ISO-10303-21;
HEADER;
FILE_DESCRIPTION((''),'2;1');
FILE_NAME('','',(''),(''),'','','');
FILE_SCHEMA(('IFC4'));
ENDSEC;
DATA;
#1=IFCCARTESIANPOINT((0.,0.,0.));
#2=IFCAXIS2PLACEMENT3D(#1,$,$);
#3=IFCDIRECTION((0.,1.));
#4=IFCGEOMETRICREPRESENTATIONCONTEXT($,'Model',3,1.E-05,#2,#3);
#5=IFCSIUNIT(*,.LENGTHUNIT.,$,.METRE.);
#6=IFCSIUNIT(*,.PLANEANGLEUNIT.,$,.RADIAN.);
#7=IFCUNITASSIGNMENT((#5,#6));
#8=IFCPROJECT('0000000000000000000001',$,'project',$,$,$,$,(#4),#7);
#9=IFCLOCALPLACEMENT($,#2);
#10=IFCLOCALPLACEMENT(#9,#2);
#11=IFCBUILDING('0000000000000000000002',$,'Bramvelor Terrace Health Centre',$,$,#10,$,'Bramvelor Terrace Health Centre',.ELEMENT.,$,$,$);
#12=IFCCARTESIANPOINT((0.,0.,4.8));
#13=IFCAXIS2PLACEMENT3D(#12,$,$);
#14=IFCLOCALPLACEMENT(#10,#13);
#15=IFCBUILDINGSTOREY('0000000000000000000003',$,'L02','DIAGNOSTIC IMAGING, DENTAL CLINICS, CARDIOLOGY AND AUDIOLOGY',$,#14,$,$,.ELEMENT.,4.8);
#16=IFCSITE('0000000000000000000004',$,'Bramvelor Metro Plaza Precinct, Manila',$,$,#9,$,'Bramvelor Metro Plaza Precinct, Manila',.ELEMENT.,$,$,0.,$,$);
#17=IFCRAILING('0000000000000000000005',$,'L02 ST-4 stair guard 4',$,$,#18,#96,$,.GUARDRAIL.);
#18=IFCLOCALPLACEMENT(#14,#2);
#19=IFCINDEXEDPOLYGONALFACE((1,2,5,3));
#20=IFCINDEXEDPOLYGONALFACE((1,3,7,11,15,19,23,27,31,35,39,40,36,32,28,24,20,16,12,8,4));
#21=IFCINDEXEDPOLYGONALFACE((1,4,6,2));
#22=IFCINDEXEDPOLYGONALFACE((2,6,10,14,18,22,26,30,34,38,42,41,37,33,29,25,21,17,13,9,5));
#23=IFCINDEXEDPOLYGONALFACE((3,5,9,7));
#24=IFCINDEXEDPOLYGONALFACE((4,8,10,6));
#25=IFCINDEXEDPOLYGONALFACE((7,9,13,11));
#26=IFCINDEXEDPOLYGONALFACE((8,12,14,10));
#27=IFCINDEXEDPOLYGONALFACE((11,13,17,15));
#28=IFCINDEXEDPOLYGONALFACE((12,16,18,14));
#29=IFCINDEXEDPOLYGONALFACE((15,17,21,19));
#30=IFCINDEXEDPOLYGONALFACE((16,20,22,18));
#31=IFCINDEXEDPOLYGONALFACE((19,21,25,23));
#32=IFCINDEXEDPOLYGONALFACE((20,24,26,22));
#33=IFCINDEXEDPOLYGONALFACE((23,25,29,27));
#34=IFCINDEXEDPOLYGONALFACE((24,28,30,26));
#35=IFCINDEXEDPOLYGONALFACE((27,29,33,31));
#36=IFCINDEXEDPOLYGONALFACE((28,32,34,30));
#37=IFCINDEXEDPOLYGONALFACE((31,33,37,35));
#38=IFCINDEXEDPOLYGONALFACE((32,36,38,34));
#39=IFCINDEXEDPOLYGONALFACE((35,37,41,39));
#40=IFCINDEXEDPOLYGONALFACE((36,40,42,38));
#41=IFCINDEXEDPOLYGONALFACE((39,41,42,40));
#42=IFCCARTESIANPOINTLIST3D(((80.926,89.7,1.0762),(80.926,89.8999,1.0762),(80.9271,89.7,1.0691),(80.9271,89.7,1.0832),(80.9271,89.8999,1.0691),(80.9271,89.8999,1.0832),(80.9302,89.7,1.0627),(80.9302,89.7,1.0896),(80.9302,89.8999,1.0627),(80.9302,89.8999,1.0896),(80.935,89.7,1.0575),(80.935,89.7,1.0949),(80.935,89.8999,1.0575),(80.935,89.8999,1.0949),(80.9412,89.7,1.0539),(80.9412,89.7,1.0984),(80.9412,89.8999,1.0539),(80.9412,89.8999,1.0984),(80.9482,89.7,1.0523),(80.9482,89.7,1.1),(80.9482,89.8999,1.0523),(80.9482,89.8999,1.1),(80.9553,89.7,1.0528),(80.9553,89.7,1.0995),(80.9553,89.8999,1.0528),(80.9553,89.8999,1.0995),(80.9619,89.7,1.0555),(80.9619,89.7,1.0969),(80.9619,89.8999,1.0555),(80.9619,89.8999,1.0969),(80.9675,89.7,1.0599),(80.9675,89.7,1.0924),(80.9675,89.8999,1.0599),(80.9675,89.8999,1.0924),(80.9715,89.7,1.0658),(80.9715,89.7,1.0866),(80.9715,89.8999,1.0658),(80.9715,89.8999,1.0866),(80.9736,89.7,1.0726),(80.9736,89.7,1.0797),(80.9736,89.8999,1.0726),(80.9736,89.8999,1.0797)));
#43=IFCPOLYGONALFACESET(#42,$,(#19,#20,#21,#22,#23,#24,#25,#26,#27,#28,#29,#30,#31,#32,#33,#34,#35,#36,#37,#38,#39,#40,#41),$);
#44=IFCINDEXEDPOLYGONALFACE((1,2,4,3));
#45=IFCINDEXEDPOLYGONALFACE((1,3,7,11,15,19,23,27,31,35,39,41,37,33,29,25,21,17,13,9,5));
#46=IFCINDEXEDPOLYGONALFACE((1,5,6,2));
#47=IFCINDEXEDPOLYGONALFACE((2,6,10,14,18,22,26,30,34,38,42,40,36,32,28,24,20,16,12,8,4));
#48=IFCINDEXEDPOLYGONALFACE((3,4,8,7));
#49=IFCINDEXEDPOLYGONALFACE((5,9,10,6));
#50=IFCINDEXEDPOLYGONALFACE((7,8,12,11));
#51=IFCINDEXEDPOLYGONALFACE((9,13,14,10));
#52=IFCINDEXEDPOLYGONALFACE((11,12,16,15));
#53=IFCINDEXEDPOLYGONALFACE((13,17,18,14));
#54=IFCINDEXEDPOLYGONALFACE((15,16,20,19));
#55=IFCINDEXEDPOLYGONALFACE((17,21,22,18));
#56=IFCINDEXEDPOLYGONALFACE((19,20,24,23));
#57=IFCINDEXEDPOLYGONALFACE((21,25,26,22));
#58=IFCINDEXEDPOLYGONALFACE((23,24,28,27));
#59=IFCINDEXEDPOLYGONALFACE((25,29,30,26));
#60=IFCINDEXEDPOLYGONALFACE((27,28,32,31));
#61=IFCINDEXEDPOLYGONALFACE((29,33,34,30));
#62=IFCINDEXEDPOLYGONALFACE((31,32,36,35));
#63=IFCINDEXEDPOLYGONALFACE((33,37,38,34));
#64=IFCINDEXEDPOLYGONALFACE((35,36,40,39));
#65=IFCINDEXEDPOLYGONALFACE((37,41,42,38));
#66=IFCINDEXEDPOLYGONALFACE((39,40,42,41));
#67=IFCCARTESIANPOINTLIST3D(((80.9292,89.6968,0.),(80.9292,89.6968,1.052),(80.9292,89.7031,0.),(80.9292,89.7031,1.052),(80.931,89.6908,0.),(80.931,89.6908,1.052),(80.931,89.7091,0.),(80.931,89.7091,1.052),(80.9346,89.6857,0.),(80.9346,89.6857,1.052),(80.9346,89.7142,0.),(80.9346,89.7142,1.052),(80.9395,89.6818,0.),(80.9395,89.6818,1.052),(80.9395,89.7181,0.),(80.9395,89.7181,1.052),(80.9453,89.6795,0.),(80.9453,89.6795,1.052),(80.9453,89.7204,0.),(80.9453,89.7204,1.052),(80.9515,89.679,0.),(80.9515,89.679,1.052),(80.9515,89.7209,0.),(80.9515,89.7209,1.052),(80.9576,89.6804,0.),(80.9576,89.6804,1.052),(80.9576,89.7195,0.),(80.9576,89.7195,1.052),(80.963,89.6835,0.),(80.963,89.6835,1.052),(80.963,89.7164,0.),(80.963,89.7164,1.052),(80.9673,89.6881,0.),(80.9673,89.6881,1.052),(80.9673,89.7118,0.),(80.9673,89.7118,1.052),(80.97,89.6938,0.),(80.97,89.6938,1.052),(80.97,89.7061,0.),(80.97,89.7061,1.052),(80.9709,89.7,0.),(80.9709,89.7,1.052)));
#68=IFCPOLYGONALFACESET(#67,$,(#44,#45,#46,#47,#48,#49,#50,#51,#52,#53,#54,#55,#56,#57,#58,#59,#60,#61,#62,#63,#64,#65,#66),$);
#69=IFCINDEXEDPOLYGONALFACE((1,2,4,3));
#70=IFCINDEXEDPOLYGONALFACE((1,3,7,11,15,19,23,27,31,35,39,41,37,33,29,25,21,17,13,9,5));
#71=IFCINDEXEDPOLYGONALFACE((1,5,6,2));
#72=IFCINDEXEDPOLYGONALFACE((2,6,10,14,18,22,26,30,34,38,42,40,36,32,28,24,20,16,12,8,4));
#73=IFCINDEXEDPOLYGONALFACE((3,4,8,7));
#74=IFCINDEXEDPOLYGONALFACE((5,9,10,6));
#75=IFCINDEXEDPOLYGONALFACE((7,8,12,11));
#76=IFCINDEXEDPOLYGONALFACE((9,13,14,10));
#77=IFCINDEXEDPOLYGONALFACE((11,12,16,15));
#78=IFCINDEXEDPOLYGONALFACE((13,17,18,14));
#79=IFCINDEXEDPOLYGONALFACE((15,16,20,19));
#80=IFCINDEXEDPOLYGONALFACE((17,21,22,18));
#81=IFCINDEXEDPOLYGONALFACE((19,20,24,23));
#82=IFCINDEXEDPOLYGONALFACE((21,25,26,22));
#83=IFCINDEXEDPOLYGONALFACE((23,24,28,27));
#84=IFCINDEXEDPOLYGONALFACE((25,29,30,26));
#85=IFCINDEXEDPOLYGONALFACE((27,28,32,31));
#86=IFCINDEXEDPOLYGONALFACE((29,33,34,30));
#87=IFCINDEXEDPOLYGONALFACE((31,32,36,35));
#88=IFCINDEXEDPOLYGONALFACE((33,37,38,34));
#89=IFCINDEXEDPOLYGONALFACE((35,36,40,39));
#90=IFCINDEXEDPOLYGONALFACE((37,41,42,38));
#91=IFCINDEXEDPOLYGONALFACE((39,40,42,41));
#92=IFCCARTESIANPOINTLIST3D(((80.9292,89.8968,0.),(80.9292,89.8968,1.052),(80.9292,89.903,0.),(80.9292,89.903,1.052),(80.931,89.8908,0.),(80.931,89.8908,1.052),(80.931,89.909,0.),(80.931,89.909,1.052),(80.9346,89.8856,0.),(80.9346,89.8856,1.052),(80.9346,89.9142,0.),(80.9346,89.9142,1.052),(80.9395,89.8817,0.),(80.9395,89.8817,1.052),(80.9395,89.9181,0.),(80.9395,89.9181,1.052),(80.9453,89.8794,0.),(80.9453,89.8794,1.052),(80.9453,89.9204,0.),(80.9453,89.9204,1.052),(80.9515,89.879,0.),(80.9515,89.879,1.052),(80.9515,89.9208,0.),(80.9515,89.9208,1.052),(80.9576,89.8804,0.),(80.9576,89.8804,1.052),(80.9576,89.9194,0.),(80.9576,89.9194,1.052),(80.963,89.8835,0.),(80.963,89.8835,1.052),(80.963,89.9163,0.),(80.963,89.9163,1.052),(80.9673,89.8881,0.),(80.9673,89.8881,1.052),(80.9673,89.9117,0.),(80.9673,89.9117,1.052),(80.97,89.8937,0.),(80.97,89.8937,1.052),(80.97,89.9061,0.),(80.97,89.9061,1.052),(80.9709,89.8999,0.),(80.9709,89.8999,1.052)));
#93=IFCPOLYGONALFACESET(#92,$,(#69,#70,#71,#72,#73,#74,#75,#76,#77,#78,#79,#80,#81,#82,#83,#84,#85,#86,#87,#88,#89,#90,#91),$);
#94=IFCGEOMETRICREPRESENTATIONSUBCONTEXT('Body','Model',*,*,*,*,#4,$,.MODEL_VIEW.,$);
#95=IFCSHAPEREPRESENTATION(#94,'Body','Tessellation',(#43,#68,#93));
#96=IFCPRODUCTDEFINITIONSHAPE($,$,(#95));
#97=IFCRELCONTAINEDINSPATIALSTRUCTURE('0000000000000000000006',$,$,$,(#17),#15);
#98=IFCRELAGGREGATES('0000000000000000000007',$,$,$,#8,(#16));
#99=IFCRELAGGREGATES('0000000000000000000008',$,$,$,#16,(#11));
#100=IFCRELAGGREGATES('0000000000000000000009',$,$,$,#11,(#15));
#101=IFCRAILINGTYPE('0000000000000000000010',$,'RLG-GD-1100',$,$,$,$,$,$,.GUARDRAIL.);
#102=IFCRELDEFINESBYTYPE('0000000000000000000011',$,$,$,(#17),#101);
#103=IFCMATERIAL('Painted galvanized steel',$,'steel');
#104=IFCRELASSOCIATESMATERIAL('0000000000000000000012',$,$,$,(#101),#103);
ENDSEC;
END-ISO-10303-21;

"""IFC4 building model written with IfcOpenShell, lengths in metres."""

from ifc_helpers import new_model, si_unit, direction, frame, origin, origin_2d, place, context, subcontext, project, spatial, circle, extrude, material, type_object, element, save


model = new_model("IFC4")

# Units and contexts
model_context = context("Model", 3, precision=1e-05, world=origin(), true_north=direction((0.0, 1.0)))
body_context = subcontext(model_context, "Body", "Model", "MODEL_VIEW")
ifc_project = project(units=[si_unit("LENGTHUNIT", "METRE"), si_unit("PLANEANGLEUNIT", "RADIAN")], contexts=[model_context])

# Site, building, storey
site_placement = place(None, origin())
site = spatial("IfcSite", under=ifc_project, at=site_placement, Name="Bramvelor Metro Plaza Precinct, Manila", LongName="Bramvelor Metro Plaza Precinct, Manila", CompositionType="ELEMENT", RefElevation=0.0)
building_placement = place(site_placement, origin())
building = spatial("IfcBuilding", under=site, at=building_placement, Name="Bramvelor Terrace Health Centre", LongName="Bramvelor Terrace Health Centre", CompositionType="ELEMENT")
storey_placement = place(building_placement, frame((0.0, 0.0, 4.8)))
storey = spatial("IfcBuildingStorey", under=building, at=storey_placement, Name="L02", Description="DIAGNOSTIC IMAGING, DENTAL CLINICS, CARDIOLOGY AND AUDIOLOGY", CompositionType="ELEMENT", Elevation=4.8)

# Railing
ifc_material_1 = material(Name="Painted galvanized steel", Category="steel")
railing_type = type_object("IfcRailingType", Name="RLG-GD-1100", PredefinedType="GUARDRAIL", material=ifc_material_1)
railing_placement = place(storey_placement, frame((80.95, 89.7, 0.0)))
element("IfcRailing", 1, at=railing_placement, inside=storey, type_object=railing_type, Name="L02 ST-4 stair guard 4", PredefinedType="GUARDRAIL", context=body_context, shape_type="SweptSolid", body=[
    extrude(circle(Radius=0.0239, at=origin_2d()), frame((0.0, 0.0, 1.0762), z_axis=(0.0, 1.0, 0.0), x_axis=(-1.0, 0.0, 0.0)), (0.0, 0.0, 1.0), 0.2),
    extrude(circle(Radius=0.021, at=origin_2d()), origin(), (0.0, 0.0, 1.0), 1.052),
    extrude(circle(Radius=0.021, at=origin_2d()), frame((0.0, 0.2, 0.0)), (0.0, 0.0, 1.0), 1.052),
])

save(model, "model.ifc")
